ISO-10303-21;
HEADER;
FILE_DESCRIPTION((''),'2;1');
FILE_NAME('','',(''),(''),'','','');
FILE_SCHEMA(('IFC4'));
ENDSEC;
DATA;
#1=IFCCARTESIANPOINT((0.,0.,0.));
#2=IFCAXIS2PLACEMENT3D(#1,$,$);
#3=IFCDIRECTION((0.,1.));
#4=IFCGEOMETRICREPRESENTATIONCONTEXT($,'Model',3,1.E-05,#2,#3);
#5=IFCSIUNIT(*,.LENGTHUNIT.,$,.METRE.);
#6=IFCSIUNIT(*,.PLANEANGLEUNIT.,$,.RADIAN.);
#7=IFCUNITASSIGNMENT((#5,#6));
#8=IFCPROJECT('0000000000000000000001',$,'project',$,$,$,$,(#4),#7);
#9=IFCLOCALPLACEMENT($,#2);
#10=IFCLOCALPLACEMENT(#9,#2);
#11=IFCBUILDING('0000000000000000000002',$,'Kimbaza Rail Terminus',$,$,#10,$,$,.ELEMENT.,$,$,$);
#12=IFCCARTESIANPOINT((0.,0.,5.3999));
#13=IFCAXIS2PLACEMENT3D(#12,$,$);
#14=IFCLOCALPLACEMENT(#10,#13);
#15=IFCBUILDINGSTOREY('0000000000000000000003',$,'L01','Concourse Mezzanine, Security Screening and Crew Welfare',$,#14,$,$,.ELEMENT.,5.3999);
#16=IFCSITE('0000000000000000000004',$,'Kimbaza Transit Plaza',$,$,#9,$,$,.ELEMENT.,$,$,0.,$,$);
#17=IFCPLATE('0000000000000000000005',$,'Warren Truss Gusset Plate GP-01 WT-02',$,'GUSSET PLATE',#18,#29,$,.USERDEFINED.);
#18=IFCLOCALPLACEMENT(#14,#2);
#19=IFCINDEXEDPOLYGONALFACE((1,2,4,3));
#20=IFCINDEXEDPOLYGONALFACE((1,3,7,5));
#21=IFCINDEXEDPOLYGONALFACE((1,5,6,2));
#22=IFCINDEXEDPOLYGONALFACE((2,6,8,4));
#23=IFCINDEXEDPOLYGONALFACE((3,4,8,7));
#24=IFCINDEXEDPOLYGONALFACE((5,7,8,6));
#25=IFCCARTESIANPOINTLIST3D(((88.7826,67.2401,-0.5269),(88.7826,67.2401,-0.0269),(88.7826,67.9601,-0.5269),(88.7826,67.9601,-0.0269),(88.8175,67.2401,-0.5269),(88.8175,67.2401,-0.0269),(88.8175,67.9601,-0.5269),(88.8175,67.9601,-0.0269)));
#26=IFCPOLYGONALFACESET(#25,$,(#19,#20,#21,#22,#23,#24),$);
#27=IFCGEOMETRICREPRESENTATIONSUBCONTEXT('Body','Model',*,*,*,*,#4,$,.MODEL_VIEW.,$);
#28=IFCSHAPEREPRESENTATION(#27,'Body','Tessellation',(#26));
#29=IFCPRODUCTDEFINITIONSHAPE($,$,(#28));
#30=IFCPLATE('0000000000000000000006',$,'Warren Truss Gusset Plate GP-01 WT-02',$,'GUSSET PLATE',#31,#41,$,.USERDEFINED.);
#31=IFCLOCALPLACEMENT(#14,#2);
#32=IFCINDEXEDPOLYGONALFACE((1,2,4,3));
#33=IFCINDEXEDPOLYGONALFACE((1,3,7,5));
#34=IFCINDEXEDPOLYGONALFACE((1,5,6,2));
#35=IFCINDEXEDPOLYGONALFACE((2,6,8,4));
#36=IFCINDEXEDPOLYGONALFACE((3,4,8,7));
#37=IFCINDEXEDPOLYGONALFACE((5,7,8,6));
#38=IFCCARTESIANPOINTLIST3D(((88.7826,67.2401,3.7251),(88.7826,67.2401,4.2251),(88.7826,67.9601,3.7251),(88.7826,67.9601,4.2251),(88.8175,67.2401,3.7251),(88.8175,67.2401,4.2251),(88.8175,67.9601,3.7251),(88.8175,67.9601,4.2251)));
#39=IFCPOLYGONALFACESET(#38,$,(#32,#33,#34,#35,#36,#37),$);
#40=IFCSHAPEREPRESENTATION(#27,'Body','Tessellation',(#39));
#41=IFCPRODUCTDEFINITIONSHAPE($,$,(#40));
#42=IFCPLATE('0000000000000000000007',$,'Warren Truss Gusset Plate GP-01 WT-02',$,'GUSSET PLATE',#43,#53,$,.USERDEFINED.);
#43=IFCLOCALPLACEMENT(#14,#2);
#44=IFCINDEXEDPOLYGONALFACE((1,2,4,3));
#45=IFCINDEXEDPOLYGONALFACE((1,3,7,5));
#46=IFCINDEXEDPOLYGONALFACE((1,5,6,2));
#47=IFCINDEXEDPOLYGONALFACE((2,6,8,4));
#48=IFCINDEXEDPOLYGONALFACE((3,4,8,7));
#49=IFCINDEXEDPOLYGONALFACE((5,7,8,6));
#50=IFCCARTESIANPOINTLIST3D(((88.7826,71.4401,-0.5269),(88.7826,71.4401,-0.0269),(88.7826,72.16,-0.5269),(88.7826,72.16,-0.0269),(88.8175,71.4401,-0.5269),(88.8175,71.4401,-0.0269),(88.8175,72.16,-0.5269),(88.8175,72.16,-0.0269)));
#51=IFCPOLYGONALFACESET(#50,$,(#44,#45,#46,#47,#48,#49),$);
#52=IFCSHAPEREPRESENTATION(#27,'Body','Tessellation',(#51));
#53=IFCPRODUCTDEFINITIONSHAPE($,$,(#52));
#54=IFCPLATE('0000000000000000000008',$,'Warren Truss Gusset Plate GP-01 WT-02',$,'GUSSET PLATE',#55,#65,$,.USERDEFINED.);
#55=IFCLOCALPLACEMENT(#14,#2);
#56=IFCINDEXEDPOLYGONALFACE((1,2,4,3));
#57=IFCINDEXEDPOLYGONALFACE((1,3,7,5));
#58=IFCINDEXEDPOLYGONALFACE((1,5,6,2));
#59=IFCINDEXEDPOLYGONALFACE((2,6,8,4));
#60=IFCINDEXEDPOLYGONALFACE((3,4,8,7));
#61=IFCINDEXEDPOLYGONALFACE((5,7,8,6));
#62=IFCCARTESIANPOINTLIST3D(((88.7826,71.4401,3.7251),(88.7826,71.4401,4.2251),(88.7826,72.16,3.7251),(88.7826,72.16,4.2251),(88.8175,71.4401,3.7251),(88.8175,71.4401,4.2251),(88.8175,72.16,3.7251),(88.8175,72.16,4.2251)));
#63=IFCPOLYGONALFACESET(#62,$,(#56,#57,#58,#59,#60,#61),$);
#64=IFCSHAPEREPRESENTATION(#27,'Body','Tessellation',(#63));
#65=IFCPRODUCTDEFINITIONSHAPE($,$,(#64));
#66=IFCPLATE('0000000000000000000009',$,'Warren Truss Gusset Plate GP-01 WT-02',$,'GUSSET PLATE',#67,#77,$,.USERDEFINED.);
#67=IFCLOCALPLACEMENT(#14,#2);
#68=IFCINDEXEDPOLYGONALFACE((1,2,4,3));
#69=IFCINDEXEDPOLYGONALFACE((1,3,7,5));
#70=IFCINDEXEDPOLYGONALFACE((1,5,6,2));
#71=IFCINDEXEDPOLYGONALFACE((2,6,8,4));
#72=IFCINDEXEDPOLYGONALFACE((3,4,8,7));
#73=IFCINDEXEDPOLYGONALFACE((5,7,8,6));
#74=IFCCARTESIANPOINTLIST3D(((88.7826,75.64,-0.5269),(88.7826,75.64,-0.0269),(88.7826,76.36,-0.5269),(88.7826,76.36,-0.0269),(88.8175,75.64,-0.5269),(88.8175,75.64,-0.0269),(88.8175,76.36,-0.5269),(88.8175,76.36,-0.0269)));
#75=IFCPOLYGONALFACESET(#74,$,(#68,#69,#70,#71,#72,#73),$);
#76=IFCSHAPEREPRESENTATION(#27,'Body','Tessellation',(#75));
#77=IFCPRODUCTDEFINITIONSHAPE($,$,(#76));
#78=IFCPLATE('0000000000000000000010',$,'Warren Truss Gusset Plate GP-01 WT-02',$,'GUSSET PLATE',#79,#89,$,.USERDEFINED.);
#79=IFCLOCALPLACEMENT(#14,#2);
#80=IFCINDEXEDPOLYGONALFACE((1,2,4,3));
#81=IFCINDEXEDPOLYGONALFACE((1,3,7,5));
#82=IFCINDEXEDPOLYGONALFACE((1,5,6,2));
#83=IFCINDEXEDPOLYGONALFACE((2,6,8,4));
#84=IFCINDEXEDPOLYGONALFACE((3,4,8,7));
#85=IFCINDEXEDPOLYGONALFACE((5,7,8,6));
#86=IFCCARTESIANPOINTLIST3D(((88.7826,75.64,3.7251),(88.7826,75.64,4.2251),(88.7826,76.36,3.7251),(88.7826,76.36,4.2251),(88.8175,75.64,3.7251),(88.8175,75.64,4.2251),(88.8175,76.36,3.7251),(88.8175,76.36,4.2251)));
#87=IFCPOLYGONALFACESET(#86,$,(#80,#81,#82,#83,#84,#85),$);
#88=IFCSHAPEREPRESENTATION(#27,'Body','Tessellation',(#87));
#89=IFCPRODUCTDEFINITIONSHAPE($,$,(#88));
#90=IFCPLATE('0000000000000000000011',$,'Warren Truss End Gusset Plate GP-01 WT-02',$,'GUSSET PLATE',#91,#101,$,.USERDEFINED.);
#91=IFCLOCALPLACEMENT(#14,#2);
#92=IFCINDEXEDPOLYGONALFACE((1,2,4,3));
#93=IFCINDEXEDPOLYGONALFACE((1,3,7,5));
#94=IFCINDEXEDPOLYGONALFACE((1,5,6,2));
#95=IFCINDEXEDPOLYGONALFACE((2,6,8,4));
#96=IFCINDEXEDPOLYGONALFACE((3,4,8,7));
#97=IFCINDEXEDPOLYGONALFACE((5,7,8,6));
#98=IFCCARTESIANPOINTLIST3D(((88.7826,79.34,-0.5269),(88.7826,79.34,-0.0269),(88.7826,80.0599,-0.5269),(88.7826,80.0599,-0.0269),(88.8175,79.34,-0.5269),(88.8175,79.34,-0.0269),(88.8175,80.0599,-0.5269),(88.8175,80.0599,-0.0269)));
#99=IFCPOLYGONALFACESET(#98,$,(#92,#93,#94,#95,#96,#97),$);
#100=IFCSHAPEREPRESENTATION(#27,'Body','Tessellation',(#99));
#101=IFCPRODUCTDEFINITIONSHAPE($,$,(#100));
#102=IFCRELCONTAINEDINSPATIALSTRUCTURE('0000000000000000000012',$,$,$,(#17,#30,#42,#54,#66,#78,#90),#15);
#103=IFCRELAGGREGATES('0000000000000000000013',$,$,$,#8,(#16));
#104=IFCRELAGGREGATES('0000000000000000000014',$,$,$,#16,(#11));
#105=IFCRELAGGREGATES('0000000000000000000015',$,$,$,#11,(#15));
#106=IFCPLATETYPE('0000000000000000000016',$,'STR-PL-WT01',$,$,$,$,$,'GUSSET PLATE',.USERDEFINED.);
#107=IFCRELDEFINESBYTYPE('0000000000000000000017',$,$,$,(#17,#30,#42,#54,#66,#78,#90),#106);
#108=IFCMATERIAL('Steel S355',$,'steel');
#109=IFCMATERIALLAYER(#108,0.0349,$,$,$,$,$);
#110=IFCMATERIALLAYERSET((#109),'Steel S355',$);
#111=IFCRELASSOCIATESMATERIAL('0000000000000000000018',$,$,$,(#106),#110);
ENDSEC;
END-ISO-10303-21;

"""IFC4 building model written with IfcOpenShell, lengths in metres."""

from ifc_helpers import new_model, si_unit, direction, frame, origin, origin_2d, place, context, subcontext, project, spatial, rectangle, extrude, material, layer, layer_set, type_object, element, save


model = new_model("IFC4")

# Units and contexts
model_context = context("Model", 3, precision=1e-05, world=origin(), true_north=direction((0.0, 1.0)))
body_context = subcontext(model_context, "Body", "Model", "MODEL_VIEW")
ifc_project = project(units=[si_unit("LENGTHUNIT", "METRE"), si_unit("PLANEANGLEUNIT", "RADIAN")], contexts=[model_context])

# Site, building, storey
site_placement = place(None, origin())
site = spatial("IfcSite", under=ifc_project, at=site_placement, Name="Kimbaza Transit Plaza", CompositionType="ELEMENT", RefElevation=0.0)
building_placement = place(site_placement, origin())
building = spatial("IfcBuilding", under=site, at=building_placement, Name="Kimbaza Rail Terminus", CompositionType="ELEMENT")
storey_placement = place(building_placement, frame((0.0, 0.0, 5.3999)))
storey = spatial("IfcBuildingStorey", under=building, at=storey_placement, Name="L01", Description="Concourse Mezzanine, Security Screening and Crew Welfare", CompositionType="ELEMENT", Elevation=5.3999)

# Plates
ifc_material_1 = material(Name="Steel S355", Category="steel")
ifc_layer = layer(ifc_material_1, 0.0349)
ifc_layer_set = layer_set([ifc_layer], Name="Steel S355")
plate_type = type_object("IfcPlateType", Name="STR-PL-WT01", ElementType="GUSSET PLATE", PredefinedType="USERDEFINED", material=ifc_layer_set)
for number, where, z_axis, x_axis, name in (
    (1, (88.8, 67.6001, -0.5269), (0.0, 0.0, 1.0), (1.0, 0.0, 0.0), "Warren Truss Gusset Plate GP-01 WT-02"),
    (2, (88.8, 67.6001, 3.7251), (0.0, 0.0, 1.0), (1.0, 0.0, 0.0), "Warren Truss Gusset Plate GP-01 WT-02"),
    (3, (88.8, 71.8, -0.5269), (0.0, 0.0, 1.0), (1.0, 0.0, 0.0), "Warren Truss Gusset Plate GP-01 WT-02"),
    (4, (88.8, 71.8, 3.7251), (0.0, 0.0, 1.0), (1.0, 0.0, 0.0), "Warren Truss Gusset Plate GP-01 WT-02"),
    (5, (88.8, 76.0, -0.5269), (0.0, 0.0, 1.0), (1.0, 0.0, 0.0), "Warren Truss Gusset Plate GP-01 WT-02"),
    (6, (88.8, 76.0, 3.7251), (0.0, 0.0, 1.0), (1.0, 0.0, 0.0), "Warren Truss Gusset Plate GP-01 WT-02"),
    (7, (88.8, 79.7, -0.5269), (0.0, 0.0, 1.0), (1.0, 0.0, 0.0), "Warren Truss End Gusset Plate GP-01 WT-02"),
):
    element("IfcPlate", number, at=place(storey_placement, frame(where, z_axis=z_axis, x_axis=x_axis)), inside=storey, type_object=plate_type, Name=name, ObjectType="GUSSET PLATE", PredefinedType="USERDEFINED", context=body_context, shape_type="SweptSolid", body=[
        extrude(rectangle(XDim=0.0349, YDim=0.72, at=origin_2d()), origin(), (0.0, 0.0, 1.0), 0.5),
    ])

save(model, "model.ifc")
